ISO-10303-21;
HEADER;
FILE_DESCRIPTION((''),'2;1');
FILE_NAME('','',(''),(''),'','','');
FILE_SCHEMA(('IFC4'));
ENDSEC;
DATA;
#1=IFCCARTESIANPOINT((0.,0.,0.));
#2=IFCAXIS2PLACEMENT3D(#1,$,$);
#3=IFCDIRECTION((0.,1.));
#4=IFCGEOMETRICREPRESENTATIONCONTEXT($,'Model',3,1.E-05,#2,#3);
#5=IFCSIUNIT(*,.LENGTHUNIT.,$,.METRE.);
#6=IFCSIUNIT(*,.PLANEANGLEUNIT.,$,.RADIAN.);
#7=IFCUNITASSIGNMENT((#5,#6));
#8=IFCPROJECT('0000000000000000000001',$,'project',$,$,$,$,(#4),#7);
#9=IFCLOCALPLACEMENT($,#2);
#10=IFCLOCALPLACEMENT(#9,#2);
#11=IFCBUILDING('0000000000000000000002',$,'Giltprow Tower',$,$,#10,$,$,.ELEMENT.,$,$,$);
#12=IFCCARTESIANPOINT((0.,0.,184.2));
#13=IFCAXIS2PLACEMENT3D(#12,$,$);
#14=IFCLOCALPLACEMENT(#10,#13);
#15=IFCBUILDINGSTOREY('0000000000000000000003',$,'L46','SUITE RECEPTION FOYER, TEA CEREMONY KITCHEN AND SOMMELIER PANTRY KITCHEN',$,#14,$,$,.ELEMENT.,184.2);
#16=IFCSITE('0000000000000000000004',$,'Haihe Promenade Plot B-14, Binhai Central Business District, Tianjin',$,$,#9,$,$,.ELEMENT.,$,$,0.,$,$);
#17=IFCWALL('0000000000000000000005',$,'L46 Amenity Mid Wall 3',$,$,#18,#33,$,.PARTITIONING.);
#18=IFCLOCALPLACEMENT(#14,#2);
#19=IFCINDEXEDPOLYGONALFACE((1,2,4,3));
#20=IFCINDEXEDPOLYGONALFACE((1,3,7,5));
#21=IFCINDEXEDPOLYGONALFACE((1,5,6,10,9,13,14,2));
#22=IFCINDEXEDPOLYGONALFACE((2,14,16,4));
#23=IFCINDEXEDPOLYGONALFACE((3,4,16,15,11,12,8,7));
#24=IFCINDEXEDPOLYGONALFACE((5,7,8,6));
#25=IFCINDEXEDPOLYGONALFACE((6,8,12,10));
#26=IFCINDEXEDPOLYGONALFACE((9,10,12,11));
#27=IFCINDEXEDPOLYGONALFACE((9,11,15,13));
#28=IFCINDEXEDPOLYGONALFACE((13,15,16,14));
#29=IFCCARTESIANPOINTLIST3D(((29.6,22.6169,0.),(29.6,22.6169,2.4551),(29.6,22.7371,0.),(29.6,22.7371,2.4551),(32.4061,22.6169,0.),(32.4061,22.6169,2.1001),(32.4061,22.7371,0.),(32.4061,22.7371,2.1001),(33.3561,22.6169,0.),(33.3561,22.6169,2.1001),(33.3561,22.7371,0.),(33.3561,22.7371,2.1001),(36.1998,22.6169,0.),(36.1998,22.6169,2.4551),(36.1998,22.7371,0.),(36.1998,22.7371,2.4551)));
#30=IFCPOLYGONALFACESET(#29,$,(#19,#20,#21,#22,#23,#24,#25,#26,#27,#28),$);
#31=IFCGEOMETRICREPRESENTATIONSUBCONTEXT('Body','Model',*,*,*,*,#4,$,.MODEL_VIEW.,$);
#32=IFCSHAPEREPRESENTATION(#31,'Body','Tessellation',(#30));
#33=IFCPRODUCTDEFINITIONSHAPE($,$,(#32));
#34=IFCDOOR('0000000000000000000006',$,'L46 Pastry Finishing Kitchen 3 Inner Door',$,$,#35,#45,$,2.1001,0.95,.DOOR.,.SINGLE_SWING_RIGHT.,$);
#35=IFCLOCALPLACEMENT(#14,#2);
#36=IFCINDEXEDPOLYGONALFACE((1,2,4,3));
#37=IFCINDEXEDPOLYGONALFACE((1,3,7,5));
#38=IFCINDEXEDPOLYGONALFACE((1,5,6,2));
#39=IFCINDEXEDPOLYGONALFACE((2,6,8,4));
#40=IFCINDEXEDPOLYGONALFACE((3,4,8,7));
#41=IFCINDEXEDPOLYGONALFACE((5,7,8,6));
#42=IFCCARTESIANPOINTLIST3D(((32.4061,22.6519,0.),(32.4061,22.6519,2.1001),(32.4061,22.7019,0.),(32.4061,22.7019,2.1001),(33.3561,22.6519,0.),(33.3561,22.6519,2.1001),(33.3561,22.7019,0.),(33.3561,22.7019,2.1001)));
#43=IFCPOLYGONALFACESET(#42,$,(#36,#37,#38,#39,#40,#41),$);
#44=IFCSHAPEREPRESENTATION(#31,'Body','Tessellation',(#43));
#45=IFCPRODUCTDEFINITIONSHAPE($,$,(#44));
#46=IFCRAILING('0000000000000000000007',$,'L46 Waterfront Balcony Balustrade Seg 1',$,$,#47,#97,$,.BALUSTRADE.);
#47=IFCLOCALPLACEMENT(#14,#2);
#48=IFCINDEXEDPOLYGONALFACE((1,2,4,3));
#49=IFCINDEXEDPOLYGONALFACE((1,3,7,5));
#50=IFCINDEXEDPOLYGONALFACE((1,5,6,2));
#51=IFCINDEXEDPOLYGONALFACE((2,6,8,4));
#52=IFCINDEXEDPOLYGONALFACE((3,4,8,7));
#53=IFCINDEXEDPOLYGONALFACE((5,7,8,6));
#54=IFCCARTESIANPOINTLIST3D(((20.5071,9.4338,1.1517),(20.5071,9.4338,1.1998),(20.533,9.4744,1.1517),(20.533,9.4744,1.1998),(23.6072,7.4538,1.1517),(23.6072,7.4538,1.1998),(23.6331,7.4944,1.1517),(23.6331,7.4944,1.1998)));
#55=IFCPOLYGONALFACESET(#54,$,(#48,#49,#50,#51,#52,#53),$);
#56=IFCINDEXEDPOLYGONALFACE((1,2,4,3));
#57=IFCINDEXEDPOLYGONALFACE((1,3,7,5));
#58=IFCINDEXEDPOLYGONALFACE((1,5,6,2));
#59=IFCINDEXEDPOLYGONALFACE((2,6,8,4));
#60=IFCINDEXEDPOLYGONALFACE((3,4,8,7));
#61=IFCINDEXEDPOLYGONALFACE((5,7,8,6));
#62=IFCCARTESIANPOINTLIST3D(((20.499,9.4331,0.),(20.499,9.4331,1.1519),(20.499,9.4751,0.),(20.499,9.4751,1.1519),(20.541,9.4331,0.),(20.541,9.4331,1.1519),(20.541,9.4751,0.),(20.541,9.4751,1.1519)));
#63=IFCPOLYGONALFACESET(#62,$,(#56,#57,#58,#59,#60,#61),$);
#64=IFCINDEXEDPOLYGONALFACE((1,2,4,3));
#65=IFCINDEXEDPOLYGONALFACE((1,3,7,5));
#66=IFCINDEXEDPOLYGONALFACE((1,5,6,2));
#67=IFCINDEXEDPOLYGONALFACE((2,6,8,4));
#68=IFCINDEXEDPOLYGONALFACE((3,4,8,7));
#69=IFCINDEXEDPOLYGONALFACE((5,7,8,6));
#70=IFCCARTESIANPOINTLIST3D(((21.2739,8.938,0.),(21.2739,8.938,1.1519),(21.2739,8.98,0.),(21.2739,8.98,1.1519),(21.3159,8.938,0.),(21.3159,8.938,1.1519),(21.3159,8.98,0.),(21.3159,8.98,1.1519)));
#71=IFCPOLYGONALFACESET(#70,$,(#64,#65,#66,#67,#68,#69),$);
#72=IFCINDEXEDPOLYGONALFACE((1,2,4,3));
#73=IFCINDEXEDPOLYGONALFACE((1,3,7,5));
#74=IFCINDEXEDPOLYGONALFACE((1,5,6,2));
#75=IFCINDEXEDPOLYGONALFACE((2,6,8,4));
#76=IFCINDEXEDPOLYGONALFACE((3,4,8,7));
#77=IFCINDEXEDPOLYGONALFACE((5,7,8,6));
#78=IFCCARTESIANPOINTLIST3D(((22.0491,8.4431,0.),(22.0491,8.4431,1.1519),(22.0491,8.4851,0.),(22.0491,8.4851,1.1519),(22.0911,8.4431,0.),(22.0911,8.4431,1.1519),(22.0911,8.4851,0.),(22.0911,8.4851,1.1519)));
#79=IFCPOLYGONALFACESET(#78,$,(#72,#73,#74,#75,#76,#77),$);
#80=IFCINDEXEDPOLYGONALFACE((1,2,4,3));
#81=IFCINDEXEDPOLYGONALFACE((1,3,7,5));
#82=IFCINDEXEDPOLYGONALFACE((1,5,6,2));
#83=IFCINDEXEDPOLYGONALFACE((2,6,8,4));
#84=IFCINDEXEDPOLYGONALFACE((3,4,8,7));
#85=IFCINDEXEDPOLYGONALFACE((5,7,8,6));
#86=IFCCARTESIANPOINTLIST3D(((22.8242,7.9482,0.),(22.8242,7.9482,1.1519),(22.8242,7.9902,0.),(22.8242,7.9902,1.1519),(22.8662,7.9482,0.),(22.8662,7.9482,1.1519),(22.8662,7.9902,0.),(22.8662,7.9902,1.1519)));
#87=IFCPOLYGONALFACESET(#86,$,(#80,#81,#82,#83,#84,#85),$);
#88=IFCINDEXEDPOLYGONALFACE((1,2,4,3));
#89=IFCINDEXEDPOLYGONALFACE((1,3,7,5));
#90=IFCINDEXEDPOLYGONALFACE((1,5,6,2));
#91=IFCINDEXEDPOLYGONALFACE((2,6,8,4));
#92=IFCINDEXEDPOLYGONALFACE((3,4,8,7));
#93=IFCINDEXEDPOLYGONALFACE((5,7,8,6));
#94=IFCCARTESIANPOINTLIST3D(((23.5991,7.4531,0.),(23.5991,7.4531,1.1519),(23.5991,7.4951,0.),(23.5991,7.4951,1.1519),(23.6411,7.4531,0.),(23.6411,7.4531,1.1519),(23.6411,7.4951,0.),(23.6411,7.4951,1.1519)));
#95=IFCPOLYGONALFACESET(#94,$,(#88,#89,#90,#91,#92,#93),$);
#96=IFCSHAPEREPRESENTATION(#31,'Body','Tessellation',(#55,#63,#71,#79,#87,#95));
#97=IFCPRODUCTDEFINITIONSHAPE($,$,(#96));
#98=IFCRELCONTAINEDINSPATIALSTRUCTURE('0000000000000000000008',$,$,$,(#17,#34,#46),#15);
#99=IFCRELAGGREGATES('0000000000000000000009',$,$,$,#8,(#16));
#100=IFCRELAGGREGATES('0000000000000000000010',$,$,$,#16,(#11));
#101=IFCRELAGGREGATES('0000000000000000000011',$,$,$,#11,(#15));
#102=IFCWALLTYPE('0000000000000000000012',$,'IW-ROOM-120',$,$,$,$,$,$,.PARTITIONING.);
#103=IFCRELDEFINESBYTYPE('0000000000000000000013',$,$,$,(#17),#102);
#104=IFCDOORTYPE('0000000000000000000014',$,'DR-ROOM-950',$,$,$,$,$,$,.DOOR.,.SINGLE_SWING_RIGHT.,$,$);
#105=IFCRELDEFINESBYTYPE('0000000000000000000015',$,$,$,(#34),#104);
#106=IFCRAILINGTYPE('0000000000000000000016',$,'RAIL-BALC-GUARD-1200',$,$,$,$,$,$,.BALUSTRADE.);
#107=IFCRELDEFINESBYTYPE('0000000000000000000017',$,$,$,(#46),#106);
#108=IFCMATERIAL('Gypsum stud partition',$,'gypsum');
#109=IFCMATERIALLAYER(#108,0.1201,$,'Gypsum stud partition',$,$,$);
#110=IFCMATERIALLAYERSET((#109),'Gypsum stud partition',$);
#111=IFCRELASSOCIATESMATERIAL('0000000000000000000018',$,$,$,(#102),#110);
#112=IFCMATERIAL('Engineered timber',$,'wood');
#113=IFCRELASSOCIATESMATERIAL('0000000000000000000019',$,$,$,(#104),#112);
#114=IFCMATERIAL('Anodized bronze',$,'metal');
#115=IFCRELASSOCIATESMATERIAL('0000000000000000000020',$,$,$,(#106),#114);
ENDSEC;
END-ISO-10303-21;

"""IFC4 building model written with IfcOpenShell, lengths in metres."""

from ifc_helpers import new_model, si_unit, direction, frame, frame_2d, origin, origin_2d, place, context, subcontext, project, spatial, rectangle, extrude, source, transform, mapped, material, layer, layer_set, type_object, element, fill, save


model = new_model("IFC4")

# Units and contexts
model_context = context("Model", 3, precision=1e-05, world=origin(), true_north=direction((0.0, 1.0)))
body_context = subcontext(model_context, "Body", "Model", "MODEL_VIEW")
ifc_project = project(units=[si_unit("LENGTHUNIT", "METRE"), si_unit("PLANEANGLEUNIT", "RADIAN")], contexts=[model_context])

# Site, building, storey
site_placement = place(None, origin())
site = spatial("IfcSite", under=ifc_project, at=site_placement, Name="Haihe Promenade Plot B-14, Binhai Central Business District, Tianjin", CompositionType="ELEMENT", RefElevation=0.0)
building_placement = place(site_placement, origin())
building = spatial("IfcBuilding", under=site, at=building_placement, Name="Giltprow Tower", CompositionType="ELEMENT")
storey_placement = place(building_placement, frame((0.0, 0.0, 184.2)))
storey = spatial("IfcBuildingStorey", under=building, at=storey_placement, Name="L46", Description="SUITE RECEPTION FOYER, TEA CEREMONY KITCHEN AND SOMMELIER PANTRY KITCHEN", CompositionType="ELEMENT", Elevation=184.2)

# Shared definitions
ifc_material_1 = material(Name="Gypsum stud partition", Category="gypsum")

# Wall, opening, door
ifc_layer_1 = layer(ifc_material_1, 0.1201, Name="Gypsum stud partition")
ifc_layer_set_1 = layer_set([ifc_layer_1], Name="Gypsum stud partition")
wall_type_1 = type_object("IfcWallType", Name="IW-ROOM-120", PredefinedType="PARTITIONING", material=ifc_layer_set_1)
ifc_material_2 = material(Name="Engineered timber", Category="wood")
door_type_1 = type_object("IfcDoorType", Name="DR-ROOM-950", OperationType="SINGLE_SWING_RIGHT", PredefinedType="DOOR", material=ifc_material_2)
shared_shape_1 = source(origin(), body_context, "Body", "SweptSolid", [
    extrude(rectangle(XDim=0.95, YDim=2.1001, at=frame_2d((0.4751, 1.05))), frame((0.0, 0.0249, 0.0), z_axis=(0.0, -1.0, 0.0), x_axis=(1.0, 0.0, 0.0)), (0.0, 0.0, 1.0), 0.05),
])
wall_1_placement = place(storey_placement, frame((29.6001, 22.677, 0.0), z_axis=(0.0, 0.0, 1.0), x_axis=(1.0, 0.0, 0.0)))
wall_1 = element("IfcWall", 1, at=wall_1_placement, inside=storey, type_object=wall_type_1, Name="L46 Amenity Mid Wall 3", PredefinedType="PARTITIONING", context=body_context, shape_type="SweptSolid", body=[
    extrude(rectangle(XDim=6.5999, YDim=0.1201, at=frame_2d((3.2998, 0.0))), origin(), (0.0, 0.0, 1.0), 2.4551),
])
opening_1_placement = place(wall_1_placement, frame((2.8059, 0.0, 0.0)))
opening_1 = element("IfcOpeningElement", 2, at=opening_1_placement, cuts=wall_1, PredefinedType="OPENING", context=body_context, shape_type="SweptSolid", body=[
    extrude(rectangle(XDim=0.95, YDim=2.1001, at=frame_2d((0.4751, 1.05))), frame((0.0, 0.0701, 0.0), z_axis=(0.0, -1.0, 0.0), x_axis=(1.0, 0.0, 0.0)), (0.0, 0.0, 1.0), 0.1401),
])
door_1_placement = place(opening_1_placement, origin())
door_1 = element("IfcDoor", 3, at=door_1_placement, inside=storey, type_object=door_type_1, Name="L46 Pastry Finishing Kitchen 3 Inner Door", OperationType="SINGLE_SWING_RIGHT", OverallHeight=2.1001, OverallWidth=0.95, PredefinedType="DOOR", context=body_context, shape_type="MappedRepresentation", body=[
    mapped(shared_shape_1, transform((0.0, 0.0, 0.0), x_axis=(1.0, 0.0, 0.0), y_axis=(0.0, 1.0, 0.0), z_axis=(0.0, 0.0, 1.0), scale=1.0)),
])
fill(opening_1, door_1)

# Railing
ifc_material_3 = material(Name="Anodized bronze", Category="metal")
railing_type = type_object("IfcRailingType", Name="RAIL-BALC-GUARD-1200", PredefinedType="BALUSTRADE", material=ifc_material_3)
railing_1_placement = place(storey_placement, frame((20.52, 9.4541, 0.0)))
element("IfcRailing", 4, at=railing_1_placement, inside=storey, type_object=railing_type, Name="L46 Waterfront Balcony Balustrade Seg 1", PredefinedType="BALUSTRADE", context=body_context, shape_type="SweptSolid", body=[
    extrude(rectangle(XDim=0.0481, YDim=0.0481, at=origin_2d()), frame((0.0, 0.0, 1.1758), z_axis=(0.842775, -0.538266, 0.0), x_axis=(0.538266, 0.842775, 0.0)), (0.0, 0.0, 1.0), 3.6785),
    extrude(rectangle(XDim=0.042, YDim=0.042, at=origin_2d()), origin(), (0.0, 0.0, 1.0), 1.1519),
    extrude(rectangle(XDim=0.042, YDim=0.042, at=origin_2d()), frame((0.7749, -0.4951, 0.0)), (0.0, 0.0, 1.0), 1.1519),
    extrude(rectangle(XDim=0.042, YDim=0.042, at=origin_2d()), frame((1.55, -0.99, 0.0)), (0.0, 0.0, 1.0), 1.1519),
    extrude(rectangle(XDim=0.042, YDim=0.042, at=origin_2d()), frame((2.3252, -1.4849, 0.0)), (0.0, 0.0, 1.0), 1.1519),
    extrude(rectangle(XDim=0.042, YDim=0.042, at=origin_2d()), frame((3.1001, -1.98, 0.0)), (0.0, 0.0, 1.0), 1.1519),
])

save(model, "model.ifc")
